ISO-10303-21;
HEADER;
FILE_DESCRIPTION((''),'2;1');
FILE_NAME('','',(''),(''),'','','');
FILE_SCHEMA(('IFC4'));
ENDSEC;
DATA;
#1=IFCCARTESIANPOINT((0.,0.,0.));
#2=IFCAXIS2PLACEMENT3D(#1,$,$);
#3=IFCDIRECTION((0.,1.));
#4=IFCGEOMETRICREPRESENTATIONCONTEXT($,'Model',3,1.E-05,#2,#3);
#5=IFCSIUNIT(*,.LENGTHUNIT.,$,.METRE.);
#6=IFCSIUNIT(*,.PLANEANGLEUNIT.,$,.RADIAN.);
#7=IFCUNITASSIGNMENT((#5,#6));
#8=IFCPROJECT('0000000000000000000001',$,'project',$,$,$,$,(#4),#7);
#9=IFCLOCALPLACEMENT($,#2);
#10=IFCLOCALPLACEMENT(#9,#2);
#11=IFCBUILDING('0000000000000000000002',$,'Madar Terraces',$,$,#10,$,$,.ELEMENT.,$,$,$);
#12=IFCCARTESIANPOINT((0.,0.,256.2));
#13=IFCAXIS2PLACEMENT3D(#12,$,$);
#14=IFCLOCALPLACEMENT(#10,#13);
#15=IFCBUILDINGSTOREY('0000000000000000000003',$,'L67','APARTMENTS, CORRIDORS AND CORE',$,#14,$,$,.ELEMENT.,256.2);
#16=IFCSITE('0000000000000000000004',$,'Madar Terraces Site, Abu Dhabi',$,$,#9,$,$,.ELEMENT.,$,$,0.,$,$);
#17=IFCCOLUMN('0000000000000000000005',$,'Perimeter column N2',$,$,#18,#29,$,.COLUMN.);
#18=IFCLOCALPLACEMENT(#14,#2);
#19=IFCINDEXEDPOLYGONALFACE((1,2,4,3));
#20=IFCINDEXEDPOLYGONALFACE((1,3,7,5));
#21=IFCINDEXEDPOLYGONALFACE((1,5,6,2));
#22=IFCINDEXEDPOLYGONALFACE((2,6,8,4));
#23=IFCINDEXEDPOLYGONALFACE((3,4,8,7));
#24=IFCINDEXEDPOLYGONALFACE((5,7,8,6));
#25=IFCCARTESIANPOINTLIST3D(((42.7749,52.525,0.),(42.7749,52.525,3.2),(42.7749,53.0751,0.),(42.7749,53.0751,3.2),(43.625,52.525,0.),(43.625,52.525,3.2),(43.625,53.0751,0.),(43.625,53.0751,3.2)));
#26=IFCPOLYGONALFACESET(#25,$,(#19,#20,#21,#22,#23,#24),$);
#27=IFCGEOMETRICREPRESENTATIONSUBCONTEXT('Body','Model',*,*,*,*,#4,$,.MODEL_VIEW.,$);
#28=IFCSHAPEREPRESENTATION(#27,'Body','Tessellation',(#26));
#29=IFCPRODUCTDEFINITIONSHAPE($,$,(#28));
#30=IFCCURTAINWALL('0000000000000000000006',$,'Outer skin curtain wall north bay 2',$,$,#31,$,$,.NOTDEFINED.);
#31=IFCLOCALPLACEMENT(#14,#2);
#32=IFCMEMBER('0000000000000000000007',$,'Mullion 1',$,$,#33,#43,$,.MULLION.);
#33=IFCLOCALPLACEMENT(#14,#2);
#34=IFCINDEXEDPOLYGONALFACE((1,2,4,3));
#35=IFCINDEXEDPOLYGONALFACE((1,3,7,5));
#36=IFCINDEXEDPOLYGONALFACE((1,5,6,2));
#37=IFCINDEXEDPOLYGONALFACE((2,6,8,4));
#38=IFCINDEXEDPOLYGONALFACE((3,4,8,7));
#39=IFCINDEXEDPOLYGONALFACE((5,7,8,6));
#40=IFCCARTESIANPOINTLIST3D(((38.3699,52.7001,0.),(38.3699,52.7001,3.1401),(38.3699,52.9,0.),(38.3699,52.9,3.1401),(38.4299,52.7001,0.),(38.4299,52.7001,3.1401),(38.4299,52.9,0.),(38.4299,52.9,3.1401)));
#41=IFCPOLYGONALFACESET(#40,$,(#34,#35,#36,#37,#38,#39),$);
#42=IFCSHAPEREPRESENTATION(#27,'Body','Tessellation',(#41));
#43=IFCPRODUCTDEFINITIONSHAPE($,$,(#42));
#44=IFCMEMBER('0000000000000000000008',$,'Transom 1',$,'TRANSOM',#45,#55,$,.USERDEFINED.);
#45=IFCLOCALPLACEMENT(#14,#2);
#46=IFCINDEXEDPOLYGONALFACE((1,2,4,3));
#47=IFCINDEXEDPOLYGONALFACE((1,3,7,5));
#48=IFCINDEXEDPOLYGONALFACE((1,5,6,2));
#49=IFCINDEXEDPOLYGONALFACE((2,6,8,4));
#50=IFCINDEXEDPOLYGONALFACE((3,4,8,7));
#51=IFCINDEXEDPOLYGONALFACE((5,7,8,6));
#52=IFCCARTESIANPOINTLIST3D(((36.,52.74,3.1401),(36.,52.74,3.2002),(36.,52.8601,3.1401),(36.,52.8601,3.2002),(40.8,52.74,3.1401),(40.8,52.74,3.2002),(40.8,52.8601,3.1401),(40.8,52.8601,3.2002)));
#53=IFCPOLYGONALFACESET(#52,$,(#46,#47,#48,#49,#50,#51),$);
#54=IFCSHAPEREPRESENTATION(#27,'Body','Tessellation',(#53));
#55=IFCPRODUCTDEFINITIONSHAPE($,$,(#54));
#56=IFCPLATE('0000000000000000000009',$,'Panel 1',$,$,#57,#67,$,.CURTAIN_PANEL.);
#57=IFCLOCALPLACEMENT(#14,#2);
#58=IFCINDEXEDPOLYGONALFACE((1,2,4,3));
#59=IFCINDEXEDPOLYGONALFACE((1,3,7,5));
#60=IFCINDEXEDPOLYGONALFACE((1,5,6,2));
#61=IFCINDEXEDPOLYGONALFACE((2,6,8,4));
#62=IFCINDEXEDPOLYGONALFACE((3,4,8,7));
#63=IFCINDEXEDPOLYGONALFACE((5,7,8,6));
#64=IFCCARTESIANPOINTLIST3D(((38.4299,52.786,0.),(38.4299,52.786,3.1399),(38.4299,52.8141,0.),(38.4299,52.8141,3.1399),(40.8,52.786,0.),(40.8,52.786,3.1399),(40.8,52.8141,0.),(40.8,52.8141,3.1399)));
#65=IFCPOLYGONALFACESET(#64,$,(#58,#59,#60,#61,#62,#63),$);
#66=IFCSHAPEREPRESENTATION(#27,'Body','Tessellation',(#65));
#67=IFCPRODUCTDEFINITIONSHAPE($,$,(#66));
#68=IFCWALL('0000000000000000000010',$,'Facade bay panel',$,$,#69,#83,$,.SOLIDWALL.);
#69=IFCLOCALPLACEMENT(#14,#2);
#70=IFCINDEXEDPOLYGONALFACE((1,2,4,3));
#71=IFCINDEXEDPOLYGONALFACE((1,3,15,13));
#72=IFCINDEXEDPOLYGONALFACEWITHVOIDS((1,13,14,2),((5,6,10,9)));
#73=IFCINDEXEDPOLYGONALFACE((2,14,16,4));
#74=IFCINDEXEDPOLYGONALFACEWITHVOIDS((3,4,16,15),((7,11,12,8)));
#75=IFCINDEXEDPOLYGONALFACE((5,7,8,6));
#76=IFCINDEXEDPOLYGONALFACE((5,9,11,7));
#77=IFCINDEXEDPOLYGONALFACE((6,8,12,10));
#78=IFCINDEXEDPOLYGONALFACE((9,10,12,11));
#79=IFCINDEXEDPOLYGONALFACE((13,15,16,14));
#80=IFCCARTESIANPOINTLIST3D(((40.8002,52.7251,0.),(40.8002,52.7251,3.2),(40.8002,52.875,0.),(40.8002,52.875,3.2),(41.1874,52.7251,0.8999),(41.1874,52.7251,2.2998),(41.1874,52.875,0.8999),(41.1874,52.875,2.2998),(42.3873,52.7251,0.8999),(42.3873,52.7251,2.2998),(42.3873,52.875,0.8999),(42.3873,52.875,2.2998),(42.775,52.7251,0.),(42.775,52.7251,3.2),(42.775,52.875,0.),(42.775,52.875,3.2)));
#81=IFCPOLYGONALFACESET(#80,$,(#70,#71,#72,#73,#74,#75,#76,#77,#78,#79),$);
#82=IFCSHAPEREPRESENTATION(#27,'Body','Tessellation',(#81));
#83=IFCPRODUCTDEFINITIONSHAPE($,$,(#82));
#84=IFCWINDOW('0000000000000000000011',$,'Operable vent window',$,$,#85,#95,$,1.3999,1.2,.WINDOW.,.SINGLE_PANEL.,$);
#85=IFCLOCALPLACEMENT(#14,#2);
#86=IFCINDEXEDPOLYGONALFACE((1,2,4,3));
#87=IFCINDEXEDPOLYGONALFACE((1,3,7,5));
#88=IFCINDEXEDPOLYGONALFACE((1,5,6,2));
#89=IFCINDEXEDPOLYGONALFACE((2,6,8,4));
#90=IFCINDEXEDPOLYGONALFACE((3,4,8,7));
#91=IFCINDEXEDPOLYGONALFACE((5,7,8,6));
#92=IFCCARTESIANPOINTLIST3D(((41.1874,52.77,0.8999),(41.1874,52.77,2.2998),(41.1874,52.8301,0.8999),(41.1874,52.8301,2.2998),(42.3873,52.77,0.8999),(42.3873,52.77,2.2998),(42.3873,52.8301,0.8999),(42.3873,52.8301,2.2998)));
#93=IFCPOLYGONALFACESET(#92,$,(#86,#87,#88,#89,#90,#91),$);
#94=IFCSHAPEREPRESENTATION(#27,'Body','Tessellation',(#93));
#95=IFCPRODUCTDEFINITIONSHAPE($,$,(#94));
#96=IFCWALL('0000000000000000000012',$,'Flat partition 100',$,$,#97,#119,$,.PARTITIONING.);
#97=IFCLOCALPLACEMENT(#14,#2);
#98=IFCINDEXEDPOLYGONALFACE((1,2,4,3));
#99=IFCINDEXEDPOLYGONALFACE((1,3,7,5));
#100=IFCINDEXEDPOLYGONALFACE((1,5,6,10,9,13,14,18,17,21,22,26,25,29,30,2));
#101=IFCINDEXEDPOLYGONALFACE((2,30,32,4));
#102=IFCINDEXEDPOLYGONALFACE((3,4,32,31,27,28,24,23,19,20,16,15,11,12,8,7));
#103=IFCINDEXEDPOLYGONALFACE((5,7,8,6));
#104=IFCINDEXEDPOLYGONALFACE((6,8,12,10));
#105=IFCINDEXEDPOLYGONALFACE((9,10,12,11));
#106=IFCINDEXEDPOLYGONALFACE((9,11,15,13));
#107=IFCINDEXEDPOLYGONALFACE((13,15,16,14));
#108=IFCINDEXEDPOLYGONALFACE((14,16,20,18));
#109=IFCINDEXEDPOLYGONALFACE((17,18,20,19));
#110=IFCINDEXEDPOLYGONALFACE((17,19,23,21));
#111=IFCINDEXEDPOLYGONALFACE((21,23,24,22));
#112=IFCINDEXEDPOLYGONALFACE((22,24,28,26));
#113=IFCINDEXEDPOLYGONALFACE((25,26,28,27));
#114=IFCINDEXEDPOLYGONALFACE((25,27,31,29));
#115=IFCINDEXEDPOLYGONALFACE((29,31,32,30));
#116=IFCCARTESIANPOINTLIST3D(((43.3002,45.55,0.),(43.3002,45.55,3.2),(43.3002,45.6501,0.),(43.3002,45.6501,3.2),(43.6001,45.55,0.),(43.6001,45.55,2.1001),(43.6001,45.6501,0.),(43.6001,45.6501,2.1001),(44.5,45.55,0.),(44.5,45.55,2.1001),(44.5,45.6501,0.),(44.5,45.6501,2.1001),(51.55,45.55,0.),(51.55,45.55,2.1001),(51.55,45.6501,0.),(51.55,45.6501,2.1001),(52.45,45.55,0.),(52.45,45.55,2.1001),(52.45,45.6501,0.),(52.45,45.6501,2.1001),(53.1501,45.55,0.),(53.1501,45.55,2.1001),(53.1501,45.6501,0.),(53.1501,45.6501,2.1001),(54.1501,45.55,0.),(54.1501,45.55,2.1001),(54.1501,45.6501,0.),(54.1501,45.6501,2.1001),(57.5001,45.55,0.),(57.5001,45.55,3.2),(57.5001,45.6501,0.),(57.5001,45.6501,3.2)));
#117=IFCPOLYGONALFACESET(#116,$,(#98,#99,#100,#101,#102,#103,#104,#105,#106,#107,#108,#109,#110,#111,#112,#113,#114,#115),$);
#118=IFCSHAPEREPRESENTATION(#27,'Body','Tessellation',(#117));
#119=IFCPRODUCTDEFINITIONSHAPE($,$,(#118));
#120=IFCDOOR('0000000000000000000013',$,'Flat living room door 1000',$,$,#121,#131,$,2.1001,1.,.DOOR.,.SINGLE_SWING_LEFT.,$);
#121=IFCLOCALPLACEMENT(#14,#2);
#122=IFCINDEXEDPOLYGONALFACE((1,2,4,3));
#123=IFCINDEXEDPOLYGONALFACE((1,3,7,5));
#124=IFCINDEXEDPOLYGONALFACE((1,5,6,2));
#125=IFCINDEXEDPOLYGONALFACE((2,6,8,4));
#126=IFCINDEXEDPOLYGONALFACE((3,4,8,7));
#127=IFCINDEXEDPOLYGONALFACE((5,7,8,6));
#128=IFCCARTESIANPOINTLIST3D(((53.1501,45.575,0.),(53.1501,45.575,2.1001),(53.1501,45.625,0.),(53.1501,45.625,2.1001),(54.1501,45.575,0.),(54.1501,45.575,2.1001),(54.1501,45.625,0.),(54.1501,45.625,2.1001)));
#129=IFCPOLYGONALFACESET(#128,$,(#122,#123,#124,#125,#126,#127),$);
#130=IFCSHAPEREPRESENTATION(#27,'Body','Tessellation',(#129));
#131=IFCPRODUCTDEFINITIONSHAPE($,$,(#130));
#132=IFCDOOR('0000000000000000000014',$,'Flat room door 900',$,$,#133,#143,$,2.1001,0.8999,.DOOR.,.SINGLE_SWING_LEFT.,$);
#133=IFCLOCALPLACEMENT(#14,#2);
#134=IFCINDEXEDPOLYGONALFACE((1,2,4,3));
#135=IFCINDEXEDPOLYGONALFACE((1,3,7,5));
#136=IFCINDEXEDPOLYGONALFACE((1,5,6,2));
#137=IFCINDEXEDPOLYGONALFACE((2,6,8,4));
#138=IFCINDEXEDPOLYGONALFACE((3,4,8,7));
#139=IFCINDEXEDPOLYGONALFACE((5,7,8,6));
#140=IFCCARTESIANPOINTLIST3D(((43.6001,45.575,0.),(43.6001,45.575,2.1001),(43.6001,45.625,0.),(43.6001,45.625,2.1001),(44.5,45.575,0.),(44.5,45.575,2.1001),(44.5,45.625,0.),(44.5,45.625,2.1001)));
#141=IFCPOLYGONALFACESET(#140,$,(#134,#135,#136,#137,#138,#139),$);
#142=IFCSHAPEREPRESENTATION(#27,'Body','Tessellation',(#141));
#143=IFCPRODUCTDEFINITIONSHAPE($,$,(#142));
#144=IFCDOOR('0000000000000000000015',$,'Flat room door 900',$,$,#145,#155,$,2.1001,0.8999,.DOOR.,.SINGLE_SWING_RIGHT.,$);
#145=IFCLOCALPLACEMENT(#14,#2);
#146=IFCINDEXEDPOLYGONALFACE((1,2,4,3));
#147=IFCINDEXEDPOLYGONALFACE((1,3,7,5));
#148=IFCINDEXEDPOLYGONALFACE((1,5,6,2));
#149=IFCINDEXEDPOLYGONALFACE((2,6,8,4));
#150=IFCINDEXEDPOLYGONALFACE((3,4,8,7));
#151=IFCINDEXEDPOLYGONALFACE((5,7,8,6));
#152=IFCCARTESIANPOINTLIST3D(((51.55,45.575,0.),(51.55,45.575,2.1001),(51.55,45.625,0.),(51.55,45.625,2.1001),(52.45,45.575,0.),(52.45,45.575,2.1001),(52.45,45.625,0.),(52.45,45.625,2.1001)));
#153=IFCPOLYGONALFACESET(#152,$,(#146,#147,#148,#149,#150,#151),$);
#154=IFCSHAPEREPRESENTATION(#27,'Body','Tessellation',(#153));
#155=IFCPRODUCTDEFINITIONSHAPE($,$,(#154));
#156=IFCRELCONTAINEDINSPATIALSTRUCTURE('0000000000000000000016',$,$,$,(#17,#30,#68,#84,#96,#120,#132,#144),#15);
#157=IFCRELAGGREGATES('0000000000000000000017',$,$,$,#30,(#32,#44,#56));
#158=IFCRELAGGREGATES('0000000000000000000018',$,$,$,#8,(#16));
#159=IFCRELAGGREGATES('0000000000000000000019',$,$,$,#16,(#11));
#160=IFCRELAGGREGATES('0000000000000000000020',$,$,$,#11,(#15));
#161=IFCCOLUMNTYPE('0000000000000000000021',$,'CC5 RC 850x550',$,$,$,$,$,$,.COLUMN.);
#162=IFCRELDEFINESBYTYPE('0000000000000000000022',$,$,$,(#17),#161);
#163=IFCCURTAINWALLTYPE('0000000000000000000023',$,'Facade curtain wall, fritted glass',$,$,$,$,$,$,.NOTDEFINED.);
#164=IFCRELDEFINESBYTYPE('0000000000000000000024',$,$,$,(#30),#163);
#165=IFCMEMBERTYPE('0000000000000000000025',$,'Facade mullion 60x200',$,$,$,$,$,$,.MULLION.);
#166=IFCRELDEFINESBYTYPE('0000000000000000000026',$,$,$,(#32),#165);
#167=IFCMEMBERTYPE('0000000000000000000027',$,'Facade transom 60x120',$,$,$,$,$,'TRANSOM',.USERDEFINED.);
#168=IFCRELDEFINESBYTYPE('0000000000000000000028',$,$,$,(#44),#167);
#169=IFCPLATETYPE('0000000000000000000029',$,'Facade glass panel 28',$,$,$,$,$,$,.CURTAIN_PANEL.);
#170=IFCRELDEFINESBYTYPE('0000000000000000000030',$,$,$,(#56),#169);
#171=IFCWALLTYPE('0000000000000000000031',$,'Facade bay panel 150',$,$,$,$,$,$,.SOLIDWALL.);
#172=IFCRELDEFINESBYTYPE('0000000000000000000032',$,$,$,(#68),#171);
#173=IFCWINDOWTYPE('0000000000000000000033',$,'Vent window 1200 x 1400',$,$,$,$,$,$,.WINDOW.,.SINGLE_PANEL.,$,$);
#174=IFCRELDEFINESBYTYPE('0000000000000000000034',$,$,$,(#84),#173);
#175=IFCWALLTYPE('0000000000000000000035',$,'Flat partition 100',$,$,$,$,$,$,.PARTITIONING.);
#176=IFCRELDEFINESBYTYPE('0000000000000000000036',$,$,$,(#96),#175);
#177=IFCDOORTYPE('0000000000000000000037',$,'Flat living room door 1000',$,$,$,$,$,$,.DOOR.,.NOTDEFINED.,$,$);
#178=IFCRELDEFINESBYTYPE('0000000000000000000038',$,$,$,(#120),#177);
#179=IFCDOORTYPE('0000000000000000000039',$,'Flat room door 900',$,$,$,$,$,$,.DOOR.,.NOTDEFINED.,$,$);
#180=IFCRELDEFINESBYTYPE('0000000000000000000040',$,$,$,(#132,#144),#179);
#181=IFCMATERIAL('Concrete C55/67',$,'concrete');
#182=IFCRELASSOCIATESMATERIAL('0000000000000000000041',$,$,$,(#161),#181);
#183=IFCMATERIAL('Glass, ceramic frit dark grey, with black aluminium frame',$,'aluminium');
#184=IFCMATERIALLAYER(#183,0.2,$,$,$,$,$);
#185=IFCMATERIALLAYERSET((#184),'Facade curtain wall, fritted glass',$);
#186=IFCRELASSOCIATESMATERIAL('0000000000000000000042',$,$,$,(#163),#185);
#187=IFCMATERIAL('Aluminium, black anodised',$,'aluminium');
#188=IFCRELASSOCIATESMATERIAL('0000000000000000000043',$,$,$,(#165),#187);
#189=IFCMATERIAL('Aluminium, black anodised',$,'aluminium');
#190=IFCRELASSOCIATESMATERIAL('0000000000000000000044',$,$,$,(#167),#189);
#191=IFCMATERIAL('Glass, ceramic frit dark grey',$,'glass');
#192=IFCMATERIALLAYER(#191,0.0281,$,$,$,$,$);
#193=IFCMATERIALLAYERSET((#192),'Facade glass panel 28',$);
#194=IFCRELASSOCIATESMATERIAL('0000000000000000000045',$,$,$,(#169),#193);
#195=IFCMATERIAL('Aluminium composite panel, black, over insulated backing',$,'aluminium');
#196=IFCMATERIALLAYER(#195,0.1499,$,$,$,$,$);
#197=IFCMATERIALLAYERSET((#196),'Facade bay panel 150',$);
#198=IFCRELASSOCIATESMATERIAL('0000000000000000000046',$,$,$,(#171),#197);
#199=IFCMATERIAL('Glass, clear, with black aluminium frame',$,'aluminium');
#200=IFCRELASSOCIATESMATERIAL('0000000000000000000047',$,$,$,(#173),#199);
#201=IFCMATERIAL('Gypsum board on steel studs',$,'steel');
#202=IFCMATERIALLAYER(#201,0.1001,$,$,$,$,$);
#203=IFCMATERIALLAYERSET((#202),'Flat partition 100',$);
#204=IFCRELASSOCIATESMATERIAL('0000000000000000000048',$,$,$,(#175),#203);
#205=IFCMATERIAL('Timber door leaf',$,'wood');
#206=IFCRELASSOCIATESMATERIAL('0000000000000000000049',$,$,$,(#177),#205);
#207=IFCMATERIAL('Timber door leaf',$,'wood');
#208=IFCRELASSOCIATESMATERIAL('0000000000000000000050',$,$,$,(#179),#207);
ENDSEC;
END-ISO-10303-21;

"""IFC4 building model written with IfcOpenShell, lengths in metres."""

from ifc_helpers import new_model, si_unit, direction, frame, frame_2d, origin, origin_2d, place, context, subcontext, project, spatial, rectangle, extrude, material, layer, layer_set, material_profile, profile_set, type_object, element, fill, aggregate, save


model = new_model("IFC4")

# Units and contexts
model_context = context("Model", 3, precision=1e-05, world=origin(), true_north=direction((0.0, 1.0)))
body_context = subcontext(model_context, "Body", "Model", "MODEL_VIEW")
ifc_project = project(units=[si_unit("LENGTHUNIT", "METRE"), si_unit("PLANEANGLEUNIT", "RADIAN")], contexts=[model_context])

# Site, building, storey
site_placement = place(None, origin())
site = spatial("IfcSite", under=ifc_project, at=site_placement, Name="Madar Terraces Site, Abu Dhabi", CompositionType="ELEMENT", RefElevation=0.0)
building_placement = place(site_placement, origin())
building = spatial("IfcBuilding", under=site, at=building_placement, Name="Madar Terraces", CompositionType="ELEMENT")
storey_placement = place(building_placement, frame((0.0, 0.0, 256.2)))
storey = spatial("IfcBuildingStorey", under=building, at=storey_placement, Name="L67", Description="APARTMENTS, CORRIDORS AND CORE", CompositionType="ELEMENT", Elevation=256.2)

# Column
ifc_material_1 = material(Name="Concrete C55/67", Category="concrete")
ifc_material_profile_1 = material_profile(ifc_material_1, rectangle(XDim=0.8501, YDim=0.55, at=origin_2d()), Name="CC5 RC 850x550")
ifc_profile_set_1 = profile_set([ifc_material_profile_1], Name="Concrete C55/67")
column_type = type_object("IfcColumnType", Name="CC5 RC 850x550", PredefinedType="COLUMN", material=ifc_profile_set_1)
column_placement = place(storey_placement, frame((43.2, 52.8, 0.0), z_axis=(0.0, 0.0, 1.0), x_axis=(1.0, 0.0, 0.0)))
element("IfcColumn", 1, at=column_placement, inside=storey, type_object=column_type, Name="Perimeter column N2", PredefinedType="COLUMN", context=body_context, shape_type="SweptSolid", body=[
    extrude(rectangle(XDim=0.8501, YDim=0.55, at=origin_2d()), origin(), (0.0, 0.0, 1.0), 3.2),
])

# Curtain wall, members, plate
ifc_material_2 = material(Name="Glass, ceramic frit dark grey, with black aluminium frame", Category="aluminium")
ifc_layer_1 = layer(ifc_material_2, 0.2)
ifc_layer_set_1 = layer_set([ifc_layer_1], Name="Facade curtain wall, fritted glass")
curtain_wall_type = type_object("IfcCurtainWallType", Name="Facade curtain wall, fritted glass", PredefinedType="NOTDEFINED", material=ifc_layer_set_1)
curtain_wall_placement = place(storey_placement, origin())
curtain_wall = element("IfcCurtainWall", 2, at=curtain_wall_placement, inside=storey, type_object=curtain_wall_type, Name="Outer skin curtain wall north bay 2", PredefinedType="NOTDEFINED")
ifc_material_3 = material(Name="Aluminium, black anodised", Category="aluminium")
ifc_material_profile_2 = material_profile(ifc_material_3, rectangle(XDim=0.2, YDim=0.0601, at=origin_2d()), Name="Facade mullion 60x200")
ifc_profile_set_2 = profile_set([ifc_material_profile_2], Name="Aluminium, black anodised")
member_type_1 = type_object("IfcMemberType", Name="Facade mullion 60x200", PredefinedType="MULLION", material=ifc_profile_set_2)
member_1_placement = place(storey_placement, frame((38.3999, 52.8, 0.0), z_axis=(0.0, 0.0, 1.0), x_axis=(0.0, -1.0, 0.0)))
member_1 = element("IfcMember", 3, at=member_1_placement, type_object=member_type_1, Name="Mullion 1", PredefinedType="MULLION", context=body_context, shape_type="SweptSolid", body=[
    extrude(rectangle(XDim=0.2, YDim=0.0601, at=origin_2d()), origin(), (0.0, 0.0, 1.0), 3.1401),
])
ifc_material_4 = material(Name="Aluminium, black anodised", Category="aluminium")
ifc_material_profile_3 = material_profile(ifc_material_4, rectangle(XDim=0.1201, YDim=0.0601, at=origin_2d()), Name="Facade transom 60x120")
ifc_profile_set_3 = profile_set([ifc_material_profile_3], Name="Aluminium, black anodised")
member_type_2 = type_object("IfcMemberType", Name="Facade transom 60x120", ElementType="TRANSOM", PredefinedType="USERDEFINED", material=ifc_profile_set_3)
member_2_placement = place(storey_placement, frame((40.8, 52.8, 3.1702), z_axis=(-1.0, 0.0, 0.0), x_axis=(0.0, -1.0, 0.0)))
member_2 = element("IfcMember", 4, at=member_2_placement, type_object=member_type_2, Name="Transom 1", ObjectType="TRANSOM", PredefinedType="USERDEFINED", context=body_context, shape_type="SweptSolid", body=[
    extrude(rectangle(XDim=0.1201, YDim=0.0601, at=origin_2d()), origin(), (0.0, 0.0, 1.0), 4.8),
])
ifc_material_5 = material(Name="Glass, ceramic frit dark grey", Category="glass")
ifc_layer_2 = layer(ifc_material_5, 0.0281)
ifc_layer_set_2 = layer_set([ifc_layer_2], Name="Facade glass panel 28")
plate_type = type_object("IfcPlateType", Name="Facade glass panel 28", PredefinedType="CURTAIN_PANEL", material=ifc_layer_set_2)
plate_placement = place(storey_placement, frame((39.615, 52.8, 0.0), z_axis=(0.0, 0.0, 1.0), x_axis=(-1.0, 0.0, 0.0)))
plate = element("IfcPlate", 5, at=plate_placement, type_object=plate_type, Name="Panel 1", PredefinedType="CURTAIN_PANEL", context=body_context, shape_type="SweptSolid", body=[
    extrude(rectangle(XDim=2.3701, YDim=0.0281, at=origin_2d()), origin(), (0.0, 0.0, 1.0), 3.1399),
])
aggregate(curtain_wall, [member_1, member_2, plate])

# Wall, opening, window
ifc_material_6 = material(Name="Aluminium composite panel, black, over insulated backing", Category="aluminium")
ifc_layer_3 = layer(ifc_material_6, 0.1499)
ifc_layer_set_3 = layer_set([ifc_layer_3], Name="Facade bay panel 150")
wall_type_1 = type_object("IfcWallType", Name="Facade bay panel 150", PredefinedType="SOLIDWALL", material=ifc_layer_set_3)
wall_1_placement = place(storey_placement, frame((42.7749, 52.8, 0.0), z_axis=(0.0, 0.0, 1.0), x_axis=(-1.0, 0.0, 0.0)))
wall_1 = element("IfcWall", 6, at=wall_1_placement, inside=storey, type_object=wall_type_1, Name="Facade bay panel", PredefinedType="SOLIDWALL", context=body_context, shape_type="SweptSolid", body=[
    extrude(rectangle(XDim=1.9749, YDim=0.1499, at=frame_2d((0.9873, 0.0))), origin(), (0.0, 0.0, 1.0), 3.2),
])
opening_1_placement = place(wall_1_placement, frame((0.3875, 0.0, 0.8999)))
opening_1 = element("IfcOpeningElement", 7, at=opening_1_placement, cuts=wall_1, PredefinedType="OPENING", context=body_context, shape_type="SweptSolid", body=[
    extrude(rectangle(XDim=1.2, YDim=1.3999, at=frame_2d((0.6001, 0.7))), frame((0.0, 0.085, 0.0), z_axis=(0.0, -1.0, 0.0), x_axis=(1.0, 0.0, 0.0)), (0.0, 0.0, 1.0), 0.1699),
])
ifc_material_7 = material(Name="Glass, clear, with black aluminium frame", Category="aluminium")
window_type = type_object("IfcWindowType", Name="Vent window 1200 x 1400", PartitioningType="SINGLE_PANEL", PredefinedType="WINDOW", material=ifc_material_7)
window_placement = place(opening_1_placement, origin())
window = element("IfcWindow", 8, at=window_placement, inside=storey, type_object=window_type, Name="Operable vent window", OverallHeight=1.3999, OverallWidth=1.2, PartitioningType="SINGLE_PANEL", PredefinedType="WINDOW", context=body_context, shape_type="SweptSolid", body=[
    extrude(rectangle(XDim=1.2, YDim=1.3999, at=frame_2d((0.6001, 0.7))), frame((0.0, 0.03, 0.0), z_axis=(0.0, -1.0, 0.0), x_axis=(1.0, 0.0, 0.0)), (0.0, 0.0, 1.0), 0.0601),
])
fill(opening_1, window)

# Wall, openings, doors
ifc_material_8 = material(Name="Gypsum board on steel studs", Category="steel")
ifc_layer_4 = layer(ifc_material_8, 0.1001)
ifc_layer_set_4 = layer_set([ifc_layer_4], Name="Flat partition 100")
wall_type_2 = type_object("IfcWallType", Name="Flat partition 100", PredefinedType="PARTITIONING", material=ifc_layer_set_4)
wall_2_placement = place(storey_placement, frame((43.3, 45.6001, 0.0), z_axis=(0.0, 0.0, 1.0), x_axis=(1.0, 0.0, 0.0)))
wall_2 = element("IfcWall", 9, at=wall_2_placement, inside=storey, type_object=wall_type_2, Name="Flat partition 100", PredefinedType="PARTITIONING", context=body_context, shape_type="SweptSolid", body=[
    extrude(rectangle(XDim=14.2, YDim=0.1001, at=frame_2d((7.1001, 0.0))), origin(), (0.0, 0.0, 1.0), 3.2),
])
opening_2_placement = place(wall_2_placement, frame((0.3, 0.0, 0.0)))
opening_2 = element("IfcOpeningElement", 10, at=opening_2_placement, cuts=wall_2, PredefinedType="OPENING", context=body_context, shape_type="SweptSolid", body=[
    extrude(rectangle(XDim=0.8999, YDim=2.1001, at=frame_2d((0.45, 1.05))), frame((0.0, 0.0601, 0.0), z_axis=(0.0, -1.0, 0.0), x_axis=(1.0, 0.0, 0.0)), (0.0, 0.0, 1.0), 0.1201),
])
opening_3_placement = place(wall_2_placement, frame((8.25, 0.0, 0.0)))
opening_3 = element("IfcOpeningElement", 11, at=opening_3_placement, cuts=wall_2, PredefinedType="OPENING", context=body_context, shape_type="SweptSolid", body=[
    extrude(rectangle(XDim=0.8999, YDim=2.1001, at=frame_2d((0.45, 1.05))), frame((0.0, 0.0601, 0.0), z_axis=(0.0, -1.0, 0.0), x_axis=(1.0, 0.0, 0.0)), (0.0, 0.0, 1.0), 0.1201),
])
opening_4_placement = place(wall_2_placement, frame((9.8501, 0.0, 0.0)))
opening_4 = element("IfcOpeningElement", 12, at=opening_4_placement, cuts=wall_2, PredefinedType="OPENING", context=body_context, shape_type="SweptSolid", body=[
    extrude(rectangle(XDim=1.0, YDim=2.1001, at=frame_2d((0.5, 1.05))), frame((0.0, 0.0601, 0.0), z_axis=(0.0, -1.0, 0.0), x_axis=(1.0, 0.0, 0.0)), (0.0, 0.0, 1.0), 0.1201),
])
ifc_material_9 = material(Name="Timber door leaf", Category="wood")
door_type_1 = type_object("IfcDoorType", Name="Flat living room door 1000", OperationType="NOTDEFINED", PredefinedType="DOOR", material=ifc_material_9)
door_1_placement = place(opening_4_placement, origin())
door_1 = element("IfcDoor", 13, at=door_1_placement, inside=storey, type_object=door_type_1, Name="Flat living room door 1000", OperationType="SINGLE_SWING_LEFT", OverallHeight=2.1001, OverallWidth=1.0, PredefinedType="DOOR", context=body_context, shape_type="SweptSolid", body=[
    extrude(rectangle(XDim=1.0, YDim=2.1001, at=frame_2d((0.5, 1.05))), frame((0.0, 0.0249, 0.0), z_axis=(0.0, -1.0, 0.0), x_axis=(1.0, 0.0, 0.0)), (0.0, 0.0, 1.0), 0.05),
])
fill(opening_4, door_1)
ifc_material_10 = material(Name="Timber door leaf", Category="wood")
door_type_2 = type_object("IfcDoorType", Name="Flat room door 900", OperationType="NOTDEFINED", PredefinedType="DOOR", material=ifc_material_10)
door_2_placement = place(opening_2_placement, origin())
door_2 = element("IfcDoor", 14, at=door_2_placement, inside=storey, type_object=door_type_2, Name="Flat room door 900", OperationType="SINGLE_SWING_LEFT", OverallHeight=2.1001, OverallWidth=0.8999, PredefinedType="DOOR", context=body_context, shape_type="SweptSolid", body=[
    extrude(rectangle(XDim=0.8999, YDim=2.1001, at=frame_2d((0.45, 1.05))), frame((0.0, 0.0249, 0.0), z_axis=(0.0, -1.0, 0.0), x_axis=(1.0, 0.0, 0.0)), (0.0, 0.0, 1.0), 0.05),
])
fill(opening_2, door_2)
door_3_placement = place(opening_3_placement, origin())
door_3 = element("IfcDoor", 15, at=door_3_placement, inside=storey, type_object=door_type_2, Name="Flat room door 900", OperationType="SINGLE_SWING_RIGHT", OverallHeight=2.1001, OverallWidth=0.8999, PredefinedType="DOOR", context=body_context, shape_type="SweptSolid", body=[
    extrude(rectangle(XDim=0.8999, YDim=2.1001, at=frame_2d((0.45, 1.05))), frame((0.0, 0.0249, 0.0), z_axis=(0.0, -1.0, 0.0), x_axis=(1.0, 0.0, 0.0)), (0.0, 0.0, 1.0), 0.05),
])
fill(opening_3, door_3)

save(model, "model.ifc")
